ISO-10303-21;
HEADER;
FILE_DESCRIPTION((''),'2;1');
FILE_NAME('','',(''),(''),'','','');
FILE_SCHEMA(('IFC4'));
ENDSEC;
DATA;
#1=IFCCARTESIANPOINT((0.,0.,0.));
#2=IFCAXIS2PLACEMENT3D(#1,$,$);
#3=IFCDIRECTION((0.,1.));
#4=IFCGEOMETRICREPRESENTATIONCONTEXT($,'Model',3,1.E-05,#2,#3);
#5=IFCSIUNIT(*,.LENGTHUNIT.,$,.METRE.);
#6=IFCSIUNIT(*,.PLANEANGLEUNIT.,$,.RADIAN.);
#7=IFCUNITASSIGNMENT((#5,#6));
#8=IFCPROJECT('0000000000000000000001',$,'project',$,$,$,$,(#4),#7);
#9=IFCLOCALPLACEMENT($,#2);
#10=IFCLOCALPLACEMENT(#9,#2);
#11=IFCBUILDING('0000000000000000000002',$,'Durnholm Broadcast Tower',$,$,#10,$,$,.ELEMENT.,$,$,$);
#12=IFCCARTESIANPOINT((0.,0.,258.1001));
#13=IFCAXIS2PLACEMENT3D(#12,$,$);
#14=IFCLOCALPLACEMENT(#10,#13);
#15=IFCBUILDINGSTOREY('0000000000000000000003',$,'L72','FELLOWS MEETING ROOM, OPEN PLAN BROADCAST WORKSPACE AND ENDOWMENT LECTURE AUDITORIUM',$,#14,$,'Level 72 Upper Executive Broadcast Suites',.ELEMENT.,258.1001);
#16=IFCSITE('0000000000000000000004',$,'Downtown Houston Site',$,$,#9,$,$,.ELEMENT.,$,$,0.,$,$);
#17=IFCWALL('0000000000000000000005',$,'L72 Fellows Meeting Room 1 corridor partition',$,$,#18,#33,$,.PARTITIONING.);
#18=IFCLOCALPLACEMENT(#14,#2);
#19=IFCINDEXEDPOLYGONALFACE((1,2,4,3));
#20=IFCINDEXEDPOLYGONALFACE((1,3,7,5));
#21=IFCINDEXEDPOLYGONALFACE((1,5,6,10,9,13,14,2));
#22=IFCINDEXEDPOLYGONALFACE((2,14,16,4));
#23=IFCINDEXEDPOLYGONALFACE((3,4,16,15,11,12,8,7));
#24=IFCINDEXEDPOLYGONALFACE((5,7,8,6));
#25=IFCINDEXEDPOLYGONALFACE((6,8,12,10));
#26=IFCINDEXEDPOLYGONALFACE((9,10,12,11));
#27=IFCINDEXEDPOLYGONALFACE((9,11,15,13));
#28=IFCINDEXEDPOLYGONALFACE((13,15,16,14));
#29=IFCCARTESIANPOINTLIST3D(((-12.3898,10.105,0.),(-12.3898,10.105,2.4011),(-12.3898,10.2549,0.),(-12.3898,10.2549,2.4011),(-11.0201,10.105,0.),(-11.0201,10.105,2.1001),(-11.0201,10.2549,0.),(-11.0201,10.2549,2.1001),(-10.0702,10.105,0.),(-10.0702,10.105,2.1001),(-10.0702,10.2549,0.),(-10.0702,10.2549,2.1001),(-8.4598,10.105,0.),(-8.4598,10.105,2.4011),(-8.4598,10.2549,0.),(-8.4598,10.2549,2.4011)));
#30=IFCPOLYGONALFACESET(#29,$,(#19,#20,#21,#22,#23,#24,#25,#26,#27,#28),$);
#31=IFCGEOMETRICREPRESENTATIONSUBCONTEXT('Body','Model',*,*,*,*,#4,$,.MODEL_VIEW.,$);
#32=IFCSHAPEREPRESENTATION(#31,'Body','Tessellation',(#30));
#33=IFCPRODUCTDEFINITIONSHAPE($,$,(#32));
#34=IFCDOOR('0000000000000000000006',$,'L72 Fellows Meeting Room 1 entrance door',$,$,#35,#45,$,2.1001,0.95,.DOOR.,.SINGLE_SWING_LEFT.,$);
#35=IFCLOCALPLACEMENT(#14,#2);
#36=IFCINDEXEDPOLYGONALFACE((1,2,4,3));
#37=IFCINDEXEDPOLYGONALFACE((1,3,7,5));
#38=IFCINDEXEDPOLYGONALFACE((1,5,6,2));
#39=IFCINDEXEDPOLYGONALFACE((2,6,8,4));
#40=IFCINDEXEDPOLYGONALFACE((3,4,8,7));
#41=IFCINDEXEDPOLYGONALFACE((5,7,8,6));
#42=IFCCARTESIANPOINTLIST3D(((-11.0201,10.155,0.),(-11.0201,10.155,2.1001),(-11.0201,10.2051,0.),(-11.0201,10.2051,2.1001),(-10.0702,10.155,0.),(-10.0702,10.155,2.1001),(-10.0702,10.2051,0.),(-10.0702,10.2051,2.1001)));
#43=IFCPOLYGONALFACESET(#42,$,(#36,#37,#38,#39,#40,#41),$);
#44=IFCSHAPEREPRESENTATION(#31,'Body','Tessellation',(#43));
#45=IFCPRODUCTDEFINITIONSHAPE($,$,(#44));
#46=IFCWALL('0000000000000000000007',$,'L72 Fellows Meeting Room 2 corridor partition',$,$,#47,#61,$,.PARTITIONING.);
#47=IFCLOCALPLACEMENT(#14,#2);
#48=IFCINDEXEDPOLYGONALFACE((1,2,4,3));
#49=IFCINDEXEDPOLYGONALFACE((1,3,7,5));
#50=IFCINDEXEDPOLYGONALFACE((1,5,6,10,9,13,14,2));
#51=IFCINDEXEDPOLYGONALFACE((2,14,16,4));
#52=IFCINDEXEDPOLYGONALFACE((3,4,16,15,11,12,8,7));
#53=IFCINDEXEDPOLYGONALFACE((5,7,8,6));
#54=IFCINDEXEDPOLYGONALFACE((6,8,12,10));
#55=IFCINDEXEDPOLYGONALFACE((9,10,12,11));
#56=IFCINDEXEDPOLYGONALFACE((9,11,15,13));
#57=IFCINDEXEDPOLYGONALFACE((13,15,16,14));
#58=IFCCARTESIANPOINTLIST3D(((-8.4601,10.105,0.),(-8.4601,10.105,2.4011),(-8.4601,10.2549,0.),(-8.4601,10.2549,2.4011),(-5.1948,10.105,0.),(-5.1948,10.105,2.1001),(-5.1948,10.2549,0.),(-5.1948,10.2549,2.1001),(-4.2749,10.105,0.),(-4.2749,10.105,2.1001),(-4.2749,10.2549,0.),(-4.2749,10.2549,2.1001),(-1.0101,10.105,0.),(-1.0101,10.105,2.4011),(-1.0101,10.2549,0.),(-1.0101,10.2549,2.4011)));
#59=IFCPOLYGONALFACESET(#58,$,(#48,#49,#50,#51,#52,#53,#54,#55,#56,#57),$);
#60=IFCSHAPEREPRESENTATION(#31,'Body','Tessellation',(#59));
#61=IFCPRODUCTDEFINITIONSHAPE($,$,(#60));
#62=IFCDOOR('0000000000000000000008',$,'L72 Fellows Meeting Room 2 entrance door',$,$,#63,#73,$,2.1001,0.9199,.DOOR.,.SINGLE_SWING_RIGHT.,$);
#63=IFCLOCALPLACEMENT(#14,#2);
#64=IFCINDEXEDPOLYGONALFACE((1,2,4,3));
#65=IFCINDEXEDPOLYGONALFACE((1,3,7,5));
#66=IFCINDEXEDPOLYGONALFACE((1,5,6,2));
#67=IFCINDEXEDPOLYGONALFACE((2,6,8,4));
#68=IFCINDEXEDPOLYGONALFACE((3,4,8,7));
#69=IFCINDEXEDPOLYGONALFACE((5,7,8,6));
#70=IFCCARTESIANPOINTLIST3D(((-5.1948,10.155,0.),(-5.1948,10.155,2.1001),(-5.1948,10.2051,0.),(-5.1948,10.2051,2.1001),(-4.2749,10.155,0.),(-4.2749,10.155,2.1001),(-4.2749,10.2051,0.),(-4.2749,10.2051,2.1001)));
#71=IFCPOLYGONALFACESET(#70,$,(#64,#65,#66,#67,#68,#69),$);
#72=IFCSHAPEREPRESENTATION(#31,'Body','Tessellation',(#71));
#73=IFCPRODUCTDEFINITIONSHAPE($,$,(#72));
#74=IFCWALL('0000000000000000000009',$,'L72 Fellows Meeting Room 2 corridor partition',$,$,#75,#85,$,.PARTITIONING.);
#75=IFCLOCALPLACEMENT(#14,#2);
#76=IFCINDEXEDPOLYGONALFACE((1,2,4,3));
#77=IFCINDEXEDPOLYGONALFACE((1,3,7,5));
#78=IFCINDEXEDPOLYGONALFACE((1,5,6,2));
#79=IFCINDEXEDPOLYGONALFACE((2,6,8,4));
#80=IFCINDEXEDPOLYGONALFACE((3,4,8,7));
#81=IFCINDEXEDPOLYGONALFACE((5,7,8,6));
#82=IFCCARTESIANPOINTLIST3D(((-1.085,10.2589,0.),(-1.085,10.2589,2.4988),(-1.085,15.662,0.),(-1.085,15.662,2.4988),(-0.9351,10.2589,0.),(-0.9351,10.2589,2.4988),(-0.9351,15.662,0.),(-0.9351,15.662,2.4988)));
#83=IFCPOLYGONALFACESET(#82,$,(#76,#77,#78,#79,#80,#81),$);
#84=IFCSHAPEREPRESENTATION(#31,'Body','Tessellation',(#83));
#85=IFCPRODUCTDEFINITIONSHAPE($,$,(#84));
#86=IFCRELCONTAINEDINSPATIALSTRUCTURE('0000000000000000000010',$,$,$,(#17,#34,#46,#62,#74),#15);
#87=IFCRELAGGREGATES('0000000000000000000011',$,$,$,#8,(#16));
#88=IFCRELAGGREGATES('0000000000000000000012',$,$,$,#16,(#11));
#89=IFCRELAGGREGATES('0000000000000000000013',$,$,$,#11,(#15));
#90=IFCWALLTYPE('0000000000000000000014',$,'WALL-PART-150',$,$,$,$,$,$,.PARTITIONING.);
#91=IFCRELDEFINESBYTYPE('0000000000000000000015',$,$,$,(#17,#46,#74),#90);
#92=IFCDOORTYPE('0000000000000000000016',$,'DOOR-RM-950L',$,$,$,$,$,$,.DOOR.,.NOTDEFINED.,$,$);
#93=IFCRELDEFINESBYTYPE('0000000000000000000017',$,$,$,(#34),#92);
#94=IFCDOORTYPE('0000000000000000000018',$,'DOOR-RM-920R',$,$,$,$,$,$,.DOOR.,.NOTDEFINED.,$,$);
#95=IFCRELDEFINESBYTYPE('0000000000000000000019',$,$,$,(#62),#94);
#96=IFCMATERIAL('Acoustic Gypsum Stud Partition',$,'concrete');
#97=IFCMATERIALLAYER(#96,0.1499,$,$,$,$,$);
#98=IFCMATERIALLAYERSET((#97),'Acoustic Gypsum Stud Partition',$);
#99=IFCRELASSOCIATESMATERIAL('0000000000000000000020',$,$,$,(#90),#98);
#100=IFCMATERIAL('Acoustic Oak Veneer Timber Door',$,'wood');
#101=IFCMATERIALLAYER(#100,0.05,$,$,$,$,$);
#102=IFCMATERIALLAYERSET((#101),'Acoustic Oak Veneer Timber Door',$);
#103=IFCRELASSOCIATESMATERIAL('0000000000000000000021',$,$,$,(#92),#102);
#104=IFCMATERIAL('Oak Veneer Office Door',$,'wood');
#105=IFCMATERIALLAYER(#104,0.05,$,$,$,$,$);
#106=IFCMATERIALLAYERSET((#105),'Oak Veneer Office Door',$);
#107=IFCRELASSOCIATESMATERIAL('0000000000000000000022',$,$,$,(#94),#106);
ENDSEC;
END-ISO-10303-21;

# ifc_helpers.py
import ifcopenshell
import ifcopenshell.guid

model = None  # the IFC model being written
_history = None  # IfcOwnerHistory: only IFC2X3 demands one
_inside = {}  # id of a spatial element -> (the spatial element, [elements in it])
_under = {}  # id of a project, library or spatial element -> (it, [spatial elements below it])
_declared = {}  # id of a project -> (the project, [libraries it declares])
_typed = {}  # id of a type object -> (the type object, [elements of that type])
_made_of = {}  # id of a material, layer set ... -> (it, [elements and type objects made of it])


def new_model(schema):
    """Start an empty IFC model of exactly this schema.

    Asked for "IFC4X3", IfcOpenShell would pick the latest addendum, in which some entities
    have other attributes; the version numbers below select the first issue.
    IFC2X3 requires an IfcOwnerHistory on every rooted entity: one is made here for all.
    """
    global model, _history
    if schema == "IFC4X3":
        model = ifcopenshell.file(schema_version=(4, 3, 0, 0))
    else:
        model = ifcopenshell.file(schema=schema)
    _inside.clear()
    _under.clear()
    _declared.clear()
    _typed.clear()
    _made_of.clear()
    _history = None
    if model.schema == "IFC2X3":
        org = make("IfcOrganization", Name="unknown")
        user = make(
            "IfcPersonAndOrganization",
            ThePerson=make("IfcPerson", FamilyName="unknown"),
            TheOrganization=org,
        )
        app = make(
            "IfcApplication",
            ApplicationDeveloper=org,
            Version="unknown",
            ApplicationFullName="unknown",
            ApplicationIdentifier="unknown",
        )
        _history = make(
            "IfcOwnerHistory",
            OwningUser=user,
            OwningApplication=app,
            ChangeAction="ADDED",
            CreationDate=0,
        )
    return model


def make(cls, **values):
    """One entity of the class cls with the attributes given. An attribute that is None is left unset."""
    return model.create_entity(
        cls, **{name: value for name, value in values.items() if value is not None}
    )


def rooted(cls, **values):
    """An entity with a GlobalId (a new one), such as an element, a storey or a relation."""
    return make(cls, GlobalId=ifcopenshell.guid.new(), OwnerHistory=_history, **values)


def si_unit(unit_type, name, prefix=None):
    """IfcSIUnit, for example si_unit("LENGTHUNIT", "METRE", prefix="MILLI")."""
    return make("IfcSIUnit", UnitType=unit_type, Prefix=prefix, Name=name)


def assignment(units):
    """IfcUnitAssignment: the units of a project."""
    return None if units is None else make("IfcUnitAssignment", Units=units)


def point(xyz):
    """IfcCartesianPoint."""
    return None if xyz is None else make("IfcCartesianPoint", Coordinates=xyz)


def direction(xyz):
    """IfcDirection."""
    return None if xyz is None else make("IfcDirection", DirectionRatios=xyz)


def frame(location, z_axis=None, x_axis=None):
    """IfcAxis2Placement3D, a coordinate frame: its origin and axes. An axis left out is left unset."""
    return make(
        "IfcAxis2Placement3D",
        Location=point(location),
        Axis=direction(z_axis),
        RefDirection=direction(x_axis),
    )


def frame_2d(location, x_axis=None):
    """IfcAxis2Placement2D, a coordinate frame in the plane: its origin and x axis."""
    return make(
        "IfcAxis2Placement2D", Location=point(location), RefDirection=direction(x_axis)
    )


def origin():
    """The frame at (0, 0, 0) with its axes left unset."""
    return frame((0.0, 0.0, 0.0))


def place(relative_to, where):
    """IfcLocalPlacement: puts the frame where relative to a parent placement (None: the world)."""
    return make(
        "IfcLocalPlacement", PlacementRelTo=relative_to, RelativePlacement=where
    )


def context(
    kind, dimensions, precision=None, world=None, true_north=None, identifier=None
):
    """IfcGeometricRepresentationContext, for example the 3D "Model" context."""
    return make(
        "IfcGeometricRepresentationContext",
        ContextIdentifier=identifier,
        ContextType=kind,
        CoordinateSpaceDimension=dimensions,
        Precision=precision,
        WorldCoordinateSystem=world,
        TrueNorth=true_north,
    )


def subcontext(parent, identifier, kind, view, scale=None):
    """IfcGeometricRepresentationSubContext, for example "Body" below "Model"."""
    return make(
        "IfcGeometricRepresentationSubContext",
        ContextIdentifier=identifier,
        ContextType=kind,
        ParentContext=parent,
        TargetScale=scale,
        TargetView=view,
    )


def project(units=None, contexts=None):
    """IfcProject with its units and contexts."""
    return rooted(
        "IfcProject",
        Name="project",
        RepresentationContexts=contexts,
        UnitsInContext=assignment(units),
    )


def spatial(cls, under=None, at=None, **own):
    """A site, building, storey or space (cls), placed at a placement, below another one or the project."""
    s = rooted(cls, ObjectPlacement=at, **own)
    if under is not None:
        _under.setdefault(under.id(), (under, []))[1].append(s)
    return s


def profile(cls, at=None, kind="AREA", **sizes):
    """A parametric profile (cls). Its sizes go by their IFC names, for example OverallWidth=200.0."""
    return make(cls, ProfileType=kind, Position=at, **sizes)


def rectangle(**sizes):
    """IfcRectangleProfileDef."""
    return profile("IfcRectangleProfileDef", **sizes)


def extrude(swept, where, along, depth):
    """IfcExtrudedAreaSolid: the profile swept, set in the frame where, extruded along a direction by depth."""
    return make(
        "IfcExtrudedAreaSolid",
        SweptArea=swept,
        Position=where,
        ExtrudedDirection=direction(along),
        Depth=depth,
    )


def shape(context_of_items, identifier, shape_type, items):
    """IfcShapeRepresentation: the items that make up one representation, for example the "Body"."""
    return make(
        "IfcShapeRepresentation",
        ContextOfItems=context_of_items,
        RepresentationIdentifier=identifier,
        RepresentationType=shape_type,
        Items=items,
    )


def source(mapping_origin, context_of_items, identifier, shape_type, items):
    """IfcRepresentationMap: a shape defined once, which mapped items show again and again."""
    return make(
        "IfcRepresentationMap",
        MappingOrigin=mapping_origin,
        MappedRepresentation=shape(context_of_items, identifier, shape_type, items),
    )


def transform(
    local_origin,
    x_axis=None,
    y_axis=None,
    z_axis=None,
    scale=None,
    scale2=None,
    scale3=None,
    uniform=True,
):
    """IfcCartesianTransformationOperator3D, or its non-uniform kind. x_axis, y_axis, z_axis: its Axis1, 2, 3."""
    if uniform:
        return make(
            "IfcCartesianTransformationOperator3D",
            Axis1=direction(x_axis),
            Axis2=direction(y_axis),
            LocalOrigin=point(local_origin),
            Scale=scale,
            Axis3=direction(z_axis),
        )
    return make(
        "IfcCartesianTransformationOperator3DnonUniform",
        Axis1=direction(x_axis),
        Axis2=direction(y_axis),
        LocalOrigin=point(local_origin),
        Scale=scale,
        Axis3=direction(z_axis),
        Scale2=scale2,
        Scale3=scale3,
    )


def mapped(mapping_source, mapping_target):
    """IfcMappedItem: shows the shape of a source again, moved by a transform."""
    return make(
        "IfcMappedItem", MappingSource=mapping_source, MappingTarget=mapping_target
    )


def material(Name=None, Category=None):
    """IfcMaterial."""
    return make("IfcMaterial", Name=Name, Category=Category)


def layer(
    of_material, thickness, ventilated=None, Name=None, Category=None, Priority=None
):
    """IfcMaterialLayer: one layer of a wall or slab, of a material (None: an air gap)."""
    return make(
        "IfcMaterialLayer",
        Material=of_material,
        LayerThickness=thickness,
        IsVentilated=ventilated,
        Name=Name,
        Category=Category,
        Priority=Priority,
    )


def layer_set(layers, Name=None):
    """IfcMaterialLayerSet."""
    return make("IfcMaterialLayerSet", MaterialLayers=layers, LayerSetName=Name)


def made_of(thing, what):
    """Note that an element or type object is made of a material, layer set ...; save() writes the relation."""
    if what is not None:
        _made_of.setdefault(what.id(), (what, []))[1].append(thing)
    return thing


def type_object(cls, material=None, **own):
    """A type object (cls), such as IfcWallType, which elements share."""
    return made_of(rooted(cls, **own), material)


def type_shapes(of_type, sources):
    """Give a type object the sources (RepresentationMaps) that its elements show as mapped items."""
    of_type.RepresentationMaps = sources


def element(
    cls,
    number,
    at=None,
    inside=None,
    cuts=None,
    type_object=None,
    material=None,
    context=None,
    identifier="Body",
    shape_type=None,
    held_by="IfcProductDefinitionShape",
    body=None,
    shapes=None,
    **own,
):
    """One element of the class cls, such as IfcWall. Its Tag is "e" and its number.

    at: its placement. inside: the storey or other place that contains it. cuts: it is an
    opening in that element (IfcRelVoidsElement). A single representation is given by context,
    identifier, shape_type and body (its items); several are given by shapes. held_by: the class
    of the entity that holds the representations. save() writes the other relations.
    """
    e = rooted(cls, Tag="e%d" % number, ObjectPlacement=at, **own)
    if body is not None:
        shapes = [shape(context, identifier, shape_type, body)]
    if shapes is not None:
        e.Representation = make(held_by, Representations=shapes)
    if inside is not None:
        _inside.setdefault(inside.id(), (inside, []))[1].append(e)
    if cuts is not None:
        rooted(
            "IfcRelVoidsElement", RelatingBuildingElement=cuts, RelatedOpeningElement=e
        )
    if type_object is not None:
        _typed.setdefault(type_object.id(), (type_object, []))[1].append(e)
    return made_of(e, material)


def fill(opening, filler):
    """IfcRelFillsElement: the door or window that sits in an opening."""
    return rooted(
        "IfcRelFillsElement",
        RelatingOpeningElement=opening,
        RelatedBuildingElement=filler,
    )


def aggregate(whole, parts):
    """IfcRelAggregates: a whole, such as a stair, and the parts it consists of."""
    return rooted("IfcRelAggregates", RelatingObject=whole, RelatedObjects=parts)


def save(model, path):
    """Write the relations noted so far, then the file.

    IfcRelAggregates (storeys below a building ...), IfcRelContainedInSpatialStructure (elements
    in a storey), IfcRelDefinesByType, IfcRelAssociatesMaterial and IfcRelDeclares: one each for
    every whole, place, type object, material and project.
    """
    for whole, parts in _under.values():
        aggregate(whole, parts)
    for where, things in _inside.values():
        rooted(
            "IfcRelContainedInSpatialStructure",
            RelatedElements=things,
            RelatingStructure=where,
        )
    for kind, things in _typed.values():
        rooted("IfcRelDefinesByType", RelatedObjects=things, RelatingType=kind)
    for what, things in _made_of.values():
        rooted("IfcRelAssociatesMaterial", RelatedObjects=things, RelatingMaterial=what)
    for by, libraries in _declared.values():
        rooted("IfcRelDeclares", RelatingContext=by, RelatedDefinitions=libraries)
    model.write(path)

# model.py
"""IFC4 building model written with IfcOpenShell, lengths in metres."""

from ifc_helpers import new_model, si_unit, direction, frame, frame_2d, origin, place, context, subcontext, project, spatial, rectangle, extrude, source, transform, mapped, material, layer, layer_set, type_object, type_shapes, element, fill, save


model = new_model("IFC4")

# Units and contexts
model_context = context("Model", 3, precision=1e-05, world=origin(), true_north=direction((0.0, 1.0)))
body_context = subcontext(model_context, "Body", "Model", "MODEL_VIEW")
ifc_project = project(units=[si_unit("LENGTHUNIT", "METRE"), si_unit("PLANEANGLEUNIT", "RADIAN")], contexts=[model_context])

# Site, building, storey
site_placement = place(None, origin())
site = spatial("IfcSite", under=ifc_project, at=site_placement, Name="Downtown Houston Site", CompositionType="ELEMENT", RefElevation=0.0)
building_placement = place(site_placement, origin())
building = spatial("IfcBuilding", under=site, at=building_placement, Name="Durnholm Broadcast Tower", CompositionType="ELEMENT")
storey_placement = place(building_placement, frame((0.0, 0.0, 258.1001)))
storey = spatial("IfcBuildingStorey", under=building, at=storey_placement, Name="L72", Description="FELLOWS MEETING ROOM, OPEN PLAN BROADCAST WORKSPACE AND ENDOWMENT LECTURE AUDITORIUM", LongName="Level 72 Upper Executive Broadcast Suites", CompositionType="ELEMENT", Elevation=258.1001)

# Walls, openings, doors
ifc_material_1 = material(Name="Acoustic Gypsum Stud Partition", Category="concrete")
ifc_layer_1 = layer(ifc_material_1, 0.1499)
ifc_layer_set_1 = layer_set([ifc_layer_1], Name="Acoustic Gypsum Stud Partition")
wall_type_1 = type_object("IfcWallType", Name="WALL-PART-150", PredefinedType="PARTITIONING", material=ifc_layer_set_1)
wall_1_placement = place(storey_placement, frame((-8.46, 10.1799, 0.0), z_axis=(0.0, 0.0, 1.0), x_axis=(-1.0, 0.0, 0.0)))
wall_1 = element("IfcWall", 1, at=wall_1_placement, inside=storey, type_object=wall_type_1, Name="L72 Fellows Meeting Room 1 corridor partition", PredefinedType="PARTITIONING", context=body_context, shape_type="SweptSolid", body=[
    extrude(rectangle(XDim=3.9299, YDim=0.1499, at=frame_2d((1.9648, 0.0))), origin(), (0.0, 0.0, 1.0), 2.4011),
])
opening_1_placement = place(wall_1_placement, frame((1.6101, 0.0, 0.0)))
opening_1 = element("IfcOpeningElement", 2, at=opening_1_placement, cuts=wall_1, PredefinedType="OPENING", context=body_context, shape_type="SweptSolid", body=[
    extrude(rectangle(XDim=0.95, YDim=2.1001, at=frame_2d((0.4751, 1.05))), frame((0.0, 0.085, 0.0), z_axis=(0.0, -1.0, 0.0), x_axis=(1.0, 0.0, 0.0)), (0.0, 0.0, 1.0), 0.1699),
])
ifc_material_2 = material(Name="Acoustic Oak Veneer Timber Door", Category="wood")
ifc_layer_2 = layer(ifc_material_2, 0.05)
ifc_layer_set_2 = layer_set([ifc_layer_2], Name="Acoustic Oak Veneer Timber Door")
door_type_1 = type_object("IfcDoorType", Name="DOOR-RM-950L", OperationType="NOTDEFINED", PredefinedType="DOOR", material=ifc_layer_set_2)
shared_shape_1 = source(origin(), body_context, "Body", "SweptSolid", [
    extrude(rectangle(XDim=0.95, YDim=2.1001, at=frame_2d((0.4751, 1.05))), frame((0.0, 0.0249, 0.0), z_axis=(0.0, -1.0, 0.0), x_axis=(1.0, 0.0, 0.0)), (0.0, 0.0, 1.0), 0.05),
])
type_shapes(door_type_1, [shared_shape_1])
door_1_placement = place(opening_1_placement, origin())
door_1 = element("IfcDoor", 3, at=door_1_placement, inside=storey, type_object=door_type_1, Name="L72 Fellows Meeting Room 1 entrance door", OperationType="SINGLE_SWING_LEFT", OverallHeight=2.1001, OverallWidth=0.95, PredefinedType="DOOR", context=body_context, shape_type="MappedRepresentation", body=[
    mapped(shared_shape_1, transform((0.0, 0.0, 0.0), x_axis=(1.0, 0.0, 0.0), y_axis=(0.0, 1.0, 0.0), z_axis=(0.0, 0.0, 1.0), scale=1.0)),
])
fill(opening_1, door_1)
wall_2_placement = place(storey_placement, frame((-1.01, 10.1799, 0.0), z_axis=(0.0, 0.0, 1.0), x_axis=(-1.0, 0.0, 0.0)))
wall_2 = element("IfcWall", 4, at=wall_2_placement, inside=storey, type_object=wall_type_1, Name="L72 Fellows Meeting Room 2 corridor partition", PredefinedType="PARTITIONING", context=body_context, shape_type="SweptSolid", body=[
    extrude(rectangle(XDim=7.45, YDim=0.1499, at=frame_2d((3.7251, 0.0))), origin(), (0.0, 0.0, 1.0), 2.4011),
])
opening_2_placement = place(wall_2_placement, frame((3.2649, 0.0, 0.0)))
opening_2 = element("IfcOpeningElement", 5, at=opening_2_placement, cuts=wall_2, PredefinedType="OPENING", context=body_context, shape_type="SweptSolid", body=[
    extrude(rectangle(XDim=0.9199, YDim=2.1001, at=frame_2d((0.46, 1.05))), frame((0.0, 0.085, 0.0), z_axis=(0.0, -1.0, 0.0), x_axis=(1.0, 0.0, 0.0)), (0.0, 0.0, 1.0), 0.1699),
])
ifc_material_3 = material(Name="Oak Veneer Office Door", Category="wood")
ifc_layer_3 = layer(ifc_material_3, 0.05)
ifc_layer_set_3 = layer_set([ifc_layer_3], Name="Oak Veneer Office Door")
door_type_2 = type_object("IfcDoorType", Name="DOOR-RM-920R", OperationType="NOTDEFINED", PredefinedType="DOOR", material=ifc_layer_set_3)
shared_shape_2 = source(origin(), body_context, "Body", "SweptSolid", [
    extrude(rectangle(XDim=0.9199, YDim=2.1001, at=frame_2d((0.46, 1.05))), frame((0.0, 0.0249, 0.0), z_axis=(0.0, -1.0, 0.0), x_axis=(1.0, 0.0, 0.0)), (0.0, 0.0, 1.0), 0.05),
])
type_shapes(door_type_2, [shared_shape_2])
door_2_placement = place(opening_2_placement, origin())
door_2 = element("IfcDoor", 6, at=door_2_placement, inside=storey, type_object=door_type_2, Name="L72 Fellows Meeting Room 2 entrance door", OperationType="SINGLE_SWING_RIGHT", OverallHeight=2.1001, OverallWidth=0.9199, PredefinedType="DOOR", context=body_context, shape_type="MappedRepresentation", body=[
    mapped(shared_shape_2, transform((0.0, 0.0, 0.0), x_axis=(1.0, 0.0, 0.0), y_axis=(0.0, 1.0, 0.0), z_axis=(0.0, 0.0, 1.0), scale=1.0)),
])
fill(opening_2, door_2)

# Wall
wall_3_placement = place(storey_placement, frame((-1.01, 15.6621, 0.0), z_axis=(0.0, 0.0, 1.0), x_axis=(0.0, -1.0, 0.0)))
element("IfcWall", 7, at=wall_3_placement, inside=storey, type_object=wall_type_1, Name="L72 Fellows Meeting Room 2 corridor partition", PredefinedType="PARTITIONING", context=body_context, shape_type="SweptSolid", body=[
    extrude(rectangle(XDim=5.4031, YDim=0.1499, at=frame_2d((2.7017, 0.0))), origin(), (0.0, 0.0, 1.0), 2.4988),
])

save(model, "model.ifc")
